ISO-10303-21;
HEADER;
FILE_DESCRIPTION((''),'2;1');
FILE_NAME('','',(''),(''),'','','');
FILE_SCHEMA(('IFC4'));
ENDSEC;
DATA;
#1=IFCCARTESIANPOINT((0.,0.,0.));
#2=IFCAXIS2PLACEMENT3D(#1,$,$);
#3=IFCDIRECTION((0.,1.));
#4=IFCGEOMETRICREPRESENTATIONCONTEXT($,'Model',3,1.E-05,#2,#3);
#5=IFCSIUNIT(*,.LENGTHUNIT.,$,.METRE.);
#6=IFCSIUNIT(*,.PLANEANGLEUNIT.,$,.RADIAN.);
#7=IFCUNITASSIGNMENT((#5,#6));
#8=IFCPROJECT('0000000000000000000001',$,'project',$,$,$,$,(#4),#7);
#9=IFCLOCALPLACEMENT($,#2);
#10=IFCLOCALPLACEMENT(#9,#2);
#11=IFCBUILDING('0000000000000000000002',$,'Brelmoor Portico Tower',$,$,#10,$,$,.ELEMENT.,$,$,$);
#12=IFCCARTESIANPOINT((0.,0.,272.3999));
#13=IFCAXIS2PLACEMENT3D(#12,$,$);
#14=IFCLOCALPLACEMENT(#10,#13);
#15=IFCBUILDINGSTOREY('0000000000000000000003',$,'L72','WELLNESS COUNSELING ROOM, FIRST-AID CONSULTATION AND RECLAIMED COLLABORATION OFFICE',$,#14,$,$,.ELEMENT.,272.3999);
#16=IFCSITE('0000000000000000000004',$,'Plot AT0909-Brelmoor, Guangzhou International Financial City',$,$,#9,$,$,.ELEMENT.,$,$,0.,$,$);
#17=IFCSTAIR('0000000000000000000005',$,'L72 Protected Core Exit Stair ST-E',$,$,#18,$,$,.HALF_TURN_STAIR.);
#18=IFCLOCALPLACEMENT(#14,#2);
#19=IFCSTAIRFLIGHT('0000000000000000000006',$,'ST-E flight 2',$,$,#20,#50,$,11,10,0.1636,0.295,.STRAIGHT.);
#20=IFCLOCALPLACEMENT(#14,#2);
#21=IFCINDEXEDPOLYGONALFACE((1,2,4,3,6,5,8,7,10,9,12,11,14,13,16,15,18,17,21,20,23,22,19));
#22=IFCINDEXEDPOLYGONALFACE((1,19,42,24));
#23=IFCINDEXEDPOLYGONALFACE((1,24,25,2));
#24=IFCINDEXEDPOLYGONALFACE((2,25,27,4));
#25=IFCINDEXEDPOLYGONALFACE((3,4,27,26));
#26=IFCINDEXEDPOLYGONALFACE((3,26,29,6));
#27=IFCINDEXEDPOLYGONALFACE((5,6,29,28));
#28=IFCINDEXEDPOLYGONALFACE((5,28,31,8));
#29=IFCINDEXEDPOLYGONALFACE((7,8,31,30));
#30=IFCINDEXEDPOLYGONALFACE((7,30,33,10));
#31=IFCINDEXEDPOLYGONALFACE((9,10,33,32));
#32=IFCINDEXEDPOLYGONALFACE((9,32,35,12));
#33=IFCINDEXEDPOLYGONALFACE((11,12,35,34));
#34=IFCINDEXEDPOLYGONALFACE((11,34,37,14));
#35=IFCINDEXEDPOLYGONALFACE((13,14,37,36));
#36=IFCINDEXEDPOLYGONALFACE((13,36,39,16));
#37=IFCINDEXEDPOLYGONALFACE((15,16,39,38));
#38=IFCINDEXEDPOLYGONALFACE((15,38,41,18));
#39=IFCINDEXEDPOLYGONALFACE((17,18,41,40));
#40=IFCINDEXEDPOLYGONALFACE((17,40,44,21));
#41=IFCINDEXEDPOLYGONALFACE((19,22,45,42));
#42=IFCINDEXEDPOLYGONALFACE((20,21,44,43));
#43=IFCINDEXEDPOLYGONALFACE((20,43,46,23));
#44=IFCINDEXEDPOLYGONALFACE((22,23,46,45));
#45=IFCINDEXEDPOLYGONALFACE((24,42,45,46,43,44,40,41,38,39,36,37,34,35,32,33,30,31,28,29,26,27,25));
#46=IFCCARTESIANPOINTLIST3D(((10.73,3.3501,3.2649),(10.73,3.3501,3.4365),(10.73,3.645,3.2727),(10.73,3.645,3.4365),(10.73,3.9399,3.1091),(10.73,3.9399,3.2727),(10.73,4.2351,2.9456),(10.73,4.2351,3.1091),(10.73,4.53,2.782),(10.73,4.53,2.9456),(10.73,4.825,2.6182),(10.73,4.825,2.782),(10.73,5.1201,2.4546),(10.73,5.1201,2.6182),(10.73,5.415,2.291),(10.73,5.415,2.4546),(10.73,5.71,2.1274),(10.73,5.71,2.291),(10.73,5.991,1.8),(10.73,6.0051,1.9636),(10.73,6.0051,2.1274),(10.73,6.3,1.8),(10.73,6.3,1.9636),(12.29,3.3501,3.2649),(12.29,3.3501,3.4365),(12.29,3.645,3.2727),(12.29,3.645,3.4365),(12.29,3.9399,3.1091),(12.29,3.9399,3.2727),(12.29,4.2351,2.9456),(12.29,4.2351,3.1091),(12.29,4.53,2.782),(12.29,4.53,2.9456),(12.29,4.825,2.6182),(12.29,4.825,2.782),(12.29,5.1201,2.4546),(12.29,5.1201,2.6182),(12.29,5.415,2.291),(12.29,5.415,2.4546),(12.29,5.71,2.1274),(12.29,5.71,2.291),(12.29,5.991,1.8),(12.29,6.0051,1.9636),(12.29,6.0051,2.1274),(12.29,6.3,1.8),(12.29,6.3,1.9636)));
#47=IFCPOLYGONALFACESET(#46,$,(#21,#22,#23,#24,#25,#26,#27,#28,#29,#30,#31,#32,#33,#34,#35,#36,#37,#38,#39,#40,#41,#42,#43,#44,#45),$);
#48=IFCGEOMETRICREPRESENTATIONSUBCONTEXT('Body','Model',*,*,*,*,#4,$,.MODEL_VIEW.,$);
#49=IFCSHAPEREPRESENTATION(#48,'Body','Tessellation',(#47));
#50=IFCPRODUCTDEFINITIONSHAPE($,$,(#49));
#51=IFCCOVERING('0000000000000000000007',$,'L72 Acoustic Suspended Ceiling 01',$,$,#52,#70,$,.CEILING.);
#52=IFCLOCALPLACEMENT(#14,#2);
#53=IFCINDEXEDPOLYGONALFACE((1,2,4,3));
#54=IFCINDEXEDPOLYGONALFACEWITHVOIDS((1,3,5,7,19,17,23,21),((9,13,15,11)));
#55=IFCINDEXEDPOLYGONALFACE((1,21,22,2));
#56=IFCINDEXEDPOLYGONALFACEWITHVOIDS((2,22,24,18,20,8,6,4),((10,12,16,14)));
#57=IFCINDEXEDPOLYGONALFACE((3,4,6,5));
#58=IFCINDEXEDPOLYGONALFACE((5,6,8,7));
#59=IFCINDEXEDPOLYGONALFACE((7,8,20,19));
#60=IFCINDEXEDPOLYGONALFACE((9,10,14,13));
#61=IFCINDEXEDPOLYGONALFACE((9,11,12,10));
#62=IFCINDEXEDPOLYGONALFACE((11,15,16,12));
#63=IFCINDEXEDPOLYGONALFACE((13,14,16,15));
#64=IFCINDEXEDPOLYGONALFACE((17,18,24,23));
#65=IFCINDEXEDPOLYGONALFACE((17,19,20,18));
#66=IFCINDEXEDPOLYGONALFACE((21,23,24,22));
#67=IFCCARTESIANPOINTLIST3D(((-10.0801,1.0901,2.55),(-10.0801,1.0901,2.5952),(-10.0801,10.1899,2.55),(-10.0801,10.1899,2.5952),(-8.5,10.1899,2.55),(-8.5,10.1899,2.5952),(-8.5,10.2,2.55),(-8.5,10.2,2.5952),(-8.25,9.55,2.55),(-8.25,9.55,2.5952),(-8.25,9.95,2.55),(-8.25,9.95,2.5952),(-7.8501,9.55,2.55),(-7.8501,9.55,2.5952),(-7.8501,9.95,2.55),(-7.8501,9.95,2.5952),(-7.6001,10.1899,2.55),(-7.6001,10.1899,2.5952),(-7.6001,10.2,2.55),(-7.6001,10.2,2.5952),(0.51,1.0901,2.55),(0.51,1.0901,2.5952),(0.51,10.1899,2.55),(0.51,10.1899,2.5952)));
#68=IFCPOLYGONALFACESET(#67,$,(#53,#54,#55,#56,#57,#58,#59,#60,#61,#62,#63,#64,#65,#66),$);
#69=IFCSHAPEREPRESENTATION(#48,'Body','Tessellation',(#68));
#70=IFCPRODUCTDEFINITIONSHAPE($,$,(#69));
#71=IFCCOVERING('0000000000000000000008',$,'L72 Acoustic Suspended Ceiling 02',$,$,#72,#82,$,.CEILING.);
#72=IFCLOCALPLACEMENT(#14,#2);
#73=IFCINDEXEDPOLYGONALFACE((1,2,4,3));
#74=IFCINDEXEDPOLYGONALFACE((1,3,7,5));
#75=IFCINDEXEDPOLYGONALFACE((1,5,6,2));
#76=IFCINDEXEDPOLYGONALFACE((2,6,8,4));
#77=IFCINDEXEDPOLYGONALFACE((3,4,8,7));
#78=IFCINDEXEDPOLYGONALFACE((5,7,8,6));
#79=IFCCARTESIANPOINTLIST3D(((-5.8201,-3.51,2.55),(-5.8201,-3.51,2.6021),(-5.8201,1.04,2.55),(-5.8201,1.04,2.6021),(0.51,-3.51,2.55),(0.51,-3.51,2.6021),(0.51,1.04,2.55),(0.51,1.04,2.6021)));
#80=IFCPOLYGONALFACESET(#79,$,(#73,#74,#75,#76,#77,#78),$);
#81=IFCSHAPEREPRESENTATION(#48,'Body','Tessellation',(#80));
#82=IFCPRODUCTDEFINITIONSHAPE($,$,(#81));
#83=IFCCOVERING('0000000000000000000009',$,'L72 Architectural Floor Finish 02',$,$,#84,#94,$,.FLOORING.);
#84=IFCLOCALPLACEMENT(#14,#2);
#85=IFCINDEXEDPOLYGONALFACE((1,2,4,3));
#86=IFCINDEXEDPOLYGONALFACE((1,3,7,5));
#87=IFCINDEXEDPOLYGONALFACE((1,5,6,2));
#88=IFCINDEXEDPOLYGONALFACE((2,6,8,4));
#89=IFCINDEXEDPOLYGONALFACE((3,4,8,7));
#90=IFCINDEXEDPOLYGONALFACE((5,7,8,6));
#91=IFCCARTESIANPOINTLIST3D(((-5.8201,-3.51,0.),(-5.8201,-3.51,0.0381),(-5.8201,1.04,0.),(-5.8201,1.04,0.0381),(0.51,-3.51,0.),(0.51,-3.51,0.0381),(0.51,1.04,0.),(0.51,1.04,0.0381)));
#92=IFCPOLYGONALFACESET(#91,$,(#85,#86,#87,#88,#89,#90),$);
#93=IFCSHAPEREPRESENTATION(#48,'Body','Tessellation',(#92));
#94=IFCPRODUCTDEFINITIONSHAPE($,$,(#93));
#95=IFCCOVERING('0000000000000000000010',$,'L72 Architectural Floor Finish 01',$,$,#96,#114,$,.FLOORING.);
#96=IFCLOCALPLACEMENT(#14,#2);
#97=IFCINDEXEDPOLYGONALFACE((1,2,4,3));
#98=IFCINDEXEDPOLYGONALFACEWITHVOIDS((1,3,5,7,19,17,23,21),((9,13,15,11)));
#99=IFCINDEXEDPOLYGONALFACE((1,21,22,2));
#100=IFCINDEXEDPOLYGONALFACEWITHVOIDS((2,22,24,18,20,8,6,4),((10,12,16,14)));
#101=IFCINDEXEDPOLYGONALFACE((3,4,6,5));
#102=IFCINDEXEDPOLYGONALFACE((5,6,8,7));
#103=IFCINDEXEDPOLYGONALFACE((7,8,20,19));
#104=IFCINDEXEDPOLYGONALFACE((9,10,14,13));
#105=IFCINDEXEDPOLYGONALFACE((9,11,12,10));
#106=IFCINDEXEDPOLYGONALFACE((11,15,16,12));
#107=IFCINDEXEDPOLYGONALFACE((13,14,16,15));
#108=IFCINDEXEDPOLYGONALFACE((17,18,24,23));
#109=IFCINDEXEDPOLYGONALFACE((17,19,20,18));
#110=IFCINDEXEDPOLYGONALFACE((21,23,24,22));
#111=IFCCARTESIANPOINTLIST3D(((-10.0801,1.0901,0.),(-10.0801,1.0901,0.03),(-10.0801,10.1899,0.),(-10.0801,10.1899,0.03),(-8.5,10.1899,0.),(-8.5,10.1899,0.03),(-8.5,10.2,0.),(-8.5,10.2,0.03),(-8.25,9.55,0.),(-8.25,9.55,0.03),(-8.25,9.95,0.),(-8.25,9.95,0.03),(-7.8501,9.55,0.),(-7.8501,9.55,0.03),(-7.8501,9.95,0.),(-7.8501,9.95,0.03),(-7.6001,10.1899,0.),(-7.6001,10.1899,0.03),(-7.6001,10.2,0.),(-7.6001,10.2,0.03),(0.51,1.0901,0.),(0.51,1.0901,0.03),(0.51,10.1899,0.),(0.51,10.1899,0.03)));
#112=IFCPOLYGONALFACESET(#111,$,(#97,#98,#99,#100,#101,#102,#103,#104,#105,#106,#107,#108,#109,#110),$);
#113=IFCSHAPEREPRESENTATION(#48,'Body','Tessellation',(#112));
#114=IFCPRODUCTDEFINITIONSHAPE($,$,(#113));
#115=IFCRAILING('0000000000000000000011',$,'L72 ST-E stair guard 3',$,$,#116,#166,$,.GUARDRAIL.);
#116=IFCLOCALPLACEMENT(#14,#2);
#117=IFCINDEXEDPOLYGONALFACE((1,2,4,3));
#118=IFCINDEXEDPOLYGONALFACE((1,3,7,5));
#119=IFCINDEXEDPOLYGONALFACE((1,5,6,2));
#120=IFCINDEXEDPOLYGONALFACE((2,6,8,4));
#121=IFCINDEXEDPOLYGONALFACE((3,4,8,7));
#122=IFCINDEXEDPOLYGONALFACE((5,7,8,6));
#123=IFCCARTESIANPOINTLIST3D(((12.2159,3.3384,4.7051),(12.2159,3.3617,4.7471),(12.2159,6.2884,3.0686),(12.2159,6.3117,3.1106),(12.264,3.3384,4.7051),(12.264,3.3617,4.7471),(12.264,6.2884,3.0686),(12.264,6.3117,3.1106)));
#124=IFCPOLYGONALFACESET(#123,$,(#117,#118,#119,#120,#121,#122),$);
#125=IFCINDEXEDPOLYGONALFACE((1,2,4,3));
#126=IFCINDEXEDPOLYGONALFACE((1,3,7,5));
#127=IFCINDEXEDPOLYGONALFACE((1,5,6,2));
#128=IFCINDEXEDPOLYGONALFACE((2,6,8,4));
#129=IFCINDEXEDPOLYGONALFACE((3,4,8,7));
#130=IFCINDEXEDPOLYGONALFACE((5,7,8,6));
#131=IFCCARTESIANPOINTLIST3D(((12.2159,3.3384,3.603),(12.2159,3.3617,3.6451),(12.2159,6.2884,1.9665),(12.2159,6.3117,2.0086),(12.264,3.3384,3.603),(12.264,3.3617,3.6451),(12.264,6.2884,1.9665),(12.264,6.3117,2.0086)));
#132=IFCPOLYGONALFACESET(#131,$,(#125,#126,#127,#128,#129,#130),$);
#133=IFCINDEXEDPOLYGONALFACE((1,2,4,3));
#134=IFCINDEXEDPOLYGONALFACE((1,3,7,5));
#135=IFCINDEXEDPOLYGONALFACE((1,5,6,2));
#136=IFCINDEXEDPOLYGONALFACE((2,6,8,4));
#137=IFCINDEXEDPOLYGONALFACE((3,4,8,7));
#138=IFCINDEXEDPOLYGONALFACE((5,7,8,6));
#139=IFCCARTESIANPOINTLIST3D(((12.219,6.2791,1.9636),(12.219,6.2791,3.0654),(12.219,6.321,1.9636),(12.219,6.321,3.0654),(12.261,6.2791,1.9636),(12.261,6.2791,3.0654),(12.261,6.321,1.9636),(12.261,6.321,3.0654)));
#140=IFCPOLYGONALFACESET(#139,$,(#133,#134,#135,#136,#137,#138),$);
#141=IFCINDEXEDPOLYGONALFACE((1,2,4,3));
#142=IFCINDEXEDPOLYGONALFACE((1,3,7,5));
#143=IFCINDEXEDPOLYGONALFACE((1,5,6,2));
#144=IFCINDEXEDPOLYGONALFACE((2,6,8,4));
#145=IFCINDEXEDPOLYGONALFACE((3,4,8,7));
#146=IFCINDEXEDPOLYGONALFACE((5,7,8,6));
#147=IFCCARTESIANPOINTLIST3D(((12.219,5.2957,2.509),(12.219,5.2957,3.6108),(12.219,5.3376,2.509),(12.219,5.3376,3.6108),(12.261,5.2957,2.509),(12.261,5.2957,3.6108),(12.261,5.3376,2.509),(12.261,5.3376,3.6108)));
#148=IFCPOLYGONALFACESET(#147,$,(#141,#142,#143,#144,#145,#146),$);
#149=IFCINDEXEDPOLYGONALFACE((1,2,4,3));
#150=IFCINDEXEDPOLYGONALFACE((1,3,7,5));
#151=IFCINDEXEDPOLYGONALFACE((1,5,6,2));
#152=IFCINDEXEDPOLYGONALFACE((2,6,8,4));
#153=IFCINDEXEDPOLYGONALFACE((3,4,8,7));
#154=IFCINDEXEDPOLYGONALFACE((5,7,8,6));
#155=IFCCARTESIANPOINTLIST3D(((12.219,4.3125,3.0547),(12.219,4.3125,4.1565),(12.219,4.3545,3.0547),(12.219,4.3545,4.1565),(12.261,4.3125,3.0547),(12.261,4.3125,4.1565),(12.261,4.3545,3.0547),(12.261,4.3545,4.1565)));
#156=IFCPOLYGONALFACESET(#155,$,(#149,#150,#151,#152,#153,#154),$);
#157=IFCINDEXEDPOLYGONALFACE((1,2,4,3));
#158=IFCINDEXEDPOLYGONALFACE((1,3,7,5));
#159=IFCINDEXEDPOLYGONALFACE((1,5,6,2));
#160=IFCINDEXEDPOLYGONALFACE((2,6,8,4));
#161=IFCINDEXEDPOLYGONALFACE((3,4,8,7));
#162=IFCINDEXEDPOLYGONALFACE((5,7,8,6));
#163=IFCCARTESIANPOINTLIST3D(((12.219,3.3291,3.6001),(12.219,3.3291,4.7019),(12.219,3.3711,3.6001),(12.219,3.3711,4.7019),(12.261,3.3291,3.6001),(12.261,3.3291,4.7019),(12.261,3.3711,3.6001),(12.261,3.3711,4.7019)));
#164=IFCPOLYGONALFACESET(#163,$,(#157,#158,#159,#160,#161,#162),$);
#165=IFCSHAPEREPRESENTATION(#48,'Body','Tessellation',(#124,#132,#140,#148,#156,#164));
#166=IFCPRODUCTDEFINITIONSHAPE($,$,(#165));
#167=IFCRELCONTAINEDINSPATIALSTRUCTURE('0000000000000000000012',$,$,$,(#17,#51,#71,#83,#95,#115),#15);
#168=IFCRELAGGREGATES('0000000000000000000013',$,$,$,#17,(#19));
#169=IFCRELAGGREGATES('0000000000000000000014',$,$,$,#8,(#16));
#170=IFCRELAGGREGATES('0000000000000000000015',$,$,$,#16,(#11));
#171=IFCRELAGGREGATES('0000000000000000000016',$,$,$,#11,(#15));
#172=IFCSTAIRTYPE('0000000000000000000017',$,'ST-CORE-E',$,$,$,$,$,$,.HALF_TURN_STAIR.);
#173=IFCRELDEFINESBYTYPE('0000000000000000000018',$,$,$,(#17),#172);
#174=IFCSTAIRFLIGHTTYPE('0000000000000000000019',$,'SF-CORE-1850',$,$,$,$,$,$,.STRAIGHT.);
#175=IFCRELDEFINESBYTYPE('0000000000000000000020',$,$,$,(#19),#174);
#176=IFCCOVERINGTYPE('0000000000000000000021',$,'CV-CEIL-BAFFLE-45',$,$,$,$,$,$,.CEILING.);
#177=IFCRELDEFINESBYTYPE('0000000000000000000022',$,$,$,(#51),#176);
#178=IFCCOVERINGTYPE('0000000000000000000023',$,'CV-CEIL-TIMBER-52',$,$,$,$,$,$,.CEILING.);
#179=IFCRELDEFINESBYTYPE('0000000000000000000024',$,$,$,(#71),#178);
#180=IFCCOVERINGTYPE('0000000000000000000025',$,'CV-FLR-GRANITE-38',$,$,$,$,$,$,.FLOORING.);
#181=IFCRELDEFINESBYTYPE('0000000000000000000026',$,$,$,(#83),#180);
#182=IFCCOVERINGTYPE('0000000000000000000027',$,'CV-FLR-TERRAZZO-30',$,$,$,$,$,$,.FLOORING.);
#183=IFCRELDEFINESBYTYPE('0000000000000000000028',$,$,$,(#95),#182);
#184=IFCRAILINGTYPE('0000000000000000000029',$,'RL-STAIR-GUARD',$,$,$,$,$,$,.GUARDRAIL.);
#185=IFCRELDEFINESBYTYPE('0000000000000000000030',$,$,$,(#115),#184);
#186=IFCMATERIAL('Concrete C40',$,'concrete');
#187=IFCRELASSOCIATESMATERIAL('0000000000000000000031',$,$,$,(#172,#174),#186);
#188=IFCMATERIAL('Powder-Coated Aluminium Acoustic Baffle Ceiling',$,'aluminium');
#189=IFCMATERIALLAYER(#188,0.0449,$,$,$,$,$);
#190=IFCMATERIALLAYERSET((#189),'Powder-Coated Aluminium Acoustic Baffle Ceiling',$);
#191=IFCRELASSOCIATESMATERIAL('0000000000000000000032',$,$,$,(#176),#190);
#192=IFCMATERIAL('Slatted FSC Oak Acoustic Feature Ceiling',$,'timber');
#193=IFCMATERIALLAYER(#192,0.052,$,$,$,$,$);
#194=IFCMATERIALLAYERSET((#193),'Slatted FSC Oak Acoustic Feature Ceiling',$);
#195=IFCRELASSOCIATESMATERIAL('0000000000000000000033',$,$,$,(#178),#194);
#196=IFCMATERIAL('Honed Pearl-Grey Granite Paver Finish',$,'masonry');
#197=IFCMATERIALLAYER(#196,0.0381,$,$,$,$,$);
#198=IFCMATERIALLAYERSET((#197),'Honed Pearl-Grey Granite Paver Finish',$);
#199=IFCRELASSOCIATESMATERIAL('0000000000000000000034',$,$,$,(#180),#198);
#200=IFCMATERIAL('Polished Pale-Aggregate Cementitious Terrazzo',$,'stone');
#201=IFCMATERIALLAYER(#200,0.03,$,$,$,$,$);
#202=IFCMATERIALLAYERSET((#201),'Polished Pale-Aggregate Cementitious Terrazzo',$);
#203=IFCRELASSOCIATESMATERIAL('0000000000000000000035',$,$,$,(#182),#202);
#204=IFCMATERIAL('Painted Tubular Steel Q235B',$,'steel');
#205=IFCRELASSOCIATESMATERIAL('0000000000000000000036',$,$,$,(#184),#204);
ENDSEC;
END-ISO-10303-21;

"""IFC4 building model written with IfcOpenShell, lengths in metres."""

from ifc_helpers import new_model, si_unit, direction, frame, origin, origin_2d, place, context, subcontext, project, spatial, polyline, rectangle, outline, extrude, material, layer, layer_set, type_object, element, aggregate, save


model = new_model("IFC4")

# Units and contexts
model_context = context("Model", 3, precision=1e-05, world=origin(), true_north=direction((0.0, 1.0)))
body_context = subcontext(model_context, "Body", "Model", "MODEL_VIEW")
ifc_project = project(units=[si_unit("LENGTHUNIT", "METRE"), si_unit("PLANEANGLEUNIT", "RADIAN")], contexts=[model_context])

# Site, building, storey
site_placement = place(None, origin())
site = spatial("IfcSite", under=ifc_project, at=site_placement, Name="Plot AT0909-Brelmoor, Guangzhou International Financial City", CompositionType="ELEMENT", RefElevation=0.0)
building_placement = place(site_placement, origin())
building = spatial("IfcBuilding", under=site, at=building_placement, Name="Brelmoor Portico Tower", CompositionType="ELEMENT")
storey_placement = place(building_placement, frame((0.0, 0.0, 272.3999)))
storey = spatial("IfcBuildingStorey", under=building, at=storey_placement, Name="L72", Description="WELLNESS COUNSELING ROOM, FIRST-AID CONSULTATION AND RECLAIMED COLLABORATION OFFICE", CompositionType="ELEMENT", Elevation=272.3999)

# Stair
ifc_material_1 = material(Name="Concrete C40", Category="concrete")
stair_type_1 = type_object("IfcStairType", Name="ST-CORE-E", PredefinedType="HALF_TURN_STAIR", material=ifc_material_1)
stair_1_placement = place(storey_placement, origin())
stair_1 = element("IfcStair", 1, at=stair_1_placement, inside=storey, type_object=stair_type_1, Name="L72 Protected Core Exit Stair ST-E", PredefinedType="HALF_TURN_STAIR")

# Stair flight
stair_flight_type = type_object("IfcStairFlightType", Name="SF-CORE-1850", PredefinedType="STRAIGHT", material=ifc_material_1)
stair_flight_placement = place(storey_placement, frame((11.51, 6.3, 1.8), z_axis=(0.0, 0.0, 1.0), x_axis=(0.0, -1.0, 0.0)))
stair_flight = element("IfcStairFlight", 2, at=stair_flight_placement, type_object=stair_flight_type, Name="ST-E flight 2", NumberOfRisers=11, NumberOfTreads=10, PredefinedType="STRAIGHT", RiserHeight=0.1636, TreadLength=0.295, context=body_context, shape_type="SweptSolid", body=[
    extrude(outline(polyline([(0.0, 0.0), (0.0, 0.1636), (0.2949, 0.1636), (0.2949, 0.3274), (0.5901, 0.3274), (0.5901, 0.491), (0.885, 0.491), (0.885, 0.6545), (1.1799, 0.6545), (1.1799, 0.8181), (1.4751, 0.8181), (1.4751, 0.9819), (1.77, 0.9819), (1.77, 1.1455), (2.0649, 1.1455), (2.0649, 1.3091), (2.3601, 1.3091), (2.3601, 1.4727), (2.655, 1.4727), (2.655, 1.6365), (2.95, 1.6365), (2.95, 1.8), (2.95, 1.4648), (0.3091, 0.0), (0.0, 0.0)])), frame((0.0, 0.78, 0.0), z_axis=(0.0, -1.0, 0.0), x_axis=(1.0, 0.0, 0.0)), (0.0, 0.0, 1.0), 1.5601),
])
aggregate(stair_1, [stair_flight])

# Coverings
ifc_material_2 = material(Name="Powder-Coated Aluminium Acoustic Baffle Ceiling", Category="aluminium")
ifc_layer_1 = layer(ifc_material_2, 0.0449)
ifc_layer_set_1 = layer_set([ifc_layer_1], Name="Powder-Coated Aluminium Acoustic Baffle Ceiling")
covering_type_1 = type_object("IfcCoveringType", Name="CV-CEIL-BAFFLE-45", PredefinedType="CEILING", material=ifc_layer_set_1)
covering_1_placement = place(storey_placement, frame((0.0, 0.0, 2.55)))
element("IfcCovering", 3, at=covering_1_placement, inside=storey, type_object=covering_type_1, Name="L72 Acoustic Suspended Ceiling 01", PredefinedType="CEILING", context=body_context, shape_type="SweptSolid", body=[
    extrude(outline(polyline([(-10.0801, 10.1899), (-8.5, 10.1899), (-8.5, 10.2), (-7.6001, 10.2), (-7.6001, 10.1899), (0.51, 10.1899), (0.51, 1.0901), (-10.0801, 1.0901), (-10.0801, 10.1899)]), holes=[polyline([(-7.8501, 9.55), (-7.8501, 9.95), (-8.25, 9.95), (-8.25, 9.55), (-7.8501, 9.55)])]), origin(), (0.0, 0.0, 1.0), 0.0452),
])
ifc_material_3 = material(Name="Slatted FSC Oak Acoustic Feature Ceiling", Category="timber")
ifc_layer_2 = layer(ifc_material_3, 0.052)
ifc_layer_set_2 = layer_set([ifc_layer_2], Name="Slatted FSC Oak Acoustic Feature Ceiling")
covering_type_2 = type_object("IfcCoveringType", Name="CV-CEIL-TIMBER-52", PredefinedType="CEILING", material=ifc_layer_set_2)
covering_2_placement = place(storey_placement, frame((0.0, 0.0, 2.55)))
element("IfcCovering", 4, at=covering_2_placement, inside=storey, type_object=covering_type_2, Name="L72 Acoustic Suspended Ceiling 02", PredefinedType="CEILING", context=body_context, shape_type="SweptSolid", body=[
    extrude(outline(polyline([(-5.8201, -3.51), (-5.8201, 1.04), (0.51, 1.04), (0.51, -3.51), (-5.8201, -3.51)])), origin(), (0.0, 0.0, 1.0), 0.052),
])
ifc_material_4 = material(Name="Honed Pearl-Grey Granite Paver Finish", Category="masonry")
ifc_layer_3 = layer(ifc_material_4, 0.0381)
ifc_layer_set_3 = layer_set([ifc_layer_3], Name="Honed Pearl-Grey Granite Paver Finish")
covering_type_3 = type_object("IfcCoveringType", Name="CV-FLR-GRANITE-38", PredefinedType="FLOORING", material=ifc_layer_set_3)
covering_3_placement = place(storey_placement, origin())
element("IfcCovering", 5, at=covering_3_placement, inside=storey, type_object=covering_type_3, Name="L72 Architectural Floor Finish 02", PredefinedType="FLOORING", context=body_context, shape_type="SweptSolid", body=[
    extrude(outline(polyline([(-5.8201, -3.51), (-5.8201, 1.04), (0.51, 1.04), (0.51, -3.51), (-5.8201, -3.51)])), origin(), (0.0, 0.0, 1.0), 0.0381),
])
ifc_material_5 = material(Name="Polished Pale-Aggregate Cementitious Terrazzo", Category="stone")
ifc_layer_4 = layer(ifc_material_5, 0.03)
ifc_layer_set_4 = layer_set([ifc_layer_4], Name="Polished Pale-Aggregate Cementitious Terrazzo")
covering_type_4 = type_object("IfcCoveringType", Name="CV-FLR-TERRAZZO-30", PredefinedType="FLOORING", material=ifc_layer_set_4)
covering_4_placement = place(storey_placement, origin())
element("IfcCovering", 6, at=covering_4_placement, inside=storey, type_object=covering_type_4, Name="L72 Architectural Floor Finish 01", PredefinedType="FLOORING", context=body_context, shape_type="SweptSolid", body=[
    extrude(outline(polyline([(-10.0801, 10.1899), (-8.5, 10.1899), (-8.5, 10.2), (-7.6001, 10.2), (-7.6001, 10.1899), (0.51, 10.1899), (0.51, 1.0901), (-10.0801, 1.0901), (-10.0801, 10.1899)]), holes=[polyline([(-7.8501, 9.55), (-7.8501, 9.95), (-8.25, 9.95), (-8.25, 9.55), (-7.8501, 9.55)])]), origin(), (0.0, 0.0, 1.0), 0.03),
])

# Railing
ifc_material_6 = material(Name="Painted Tubular Steel Q235B", Category="steel")
railing_type_1 = type_object("IfcRailingType", Name="RL-STAIR-GUARD", PredefinedType="GUARDRAIL", material=ifc_material_6)
railing_1_placement = place(storey_placement, frame((12.24, 6.3, 1.9636)))
element("IfcRailing", 7, at=railing_1_placement, inside=storey, type_object=railing_type_1, Name="L72 ST-E stair guard 3", PredefinedType="GUARDRAIL", context=body_context, shape_type="SweptSolid", body=[
    extrude(rectangle(XDim=0.0481, YDim=0.0481, at=origin_2d()), frame((0.0, 0.0, 1.126), z_axis=(0.0, -0.874458, 0.485102), x_axis=(1.0, 0.0, 0.0)), (0.0, 0.0, 1.0), 3.3735),
    extrude(rectangle(XDim=0.0481, YDim=0.0481, at=origin_2d()), frame((0.0, 0.0, 0.0239), z_axis=(0.0, -0.874458, 0.485102), x_axis=(1.0, 0.0, 0.0)), (0.0, 0.0, 1.0), 3.3735),
    extrude(rectangle(XDim=0.042, YDim=0.042, at=origin_2d()), origin(), (0.0, 0.0, 1.0), 1.1018),
    extrude(rectangle(XDim=0.042, YDim=0.042, at=origin_2d()), frame((0.0, -0.9834, 0.5454)), (0.0, 0.0, 1.0), 1.1018),
    extrude(rectangle(XDim=0.042, YDim=0.042, at=origin_2d()), frame((0.0, -1.9666, 1.0911)), (0.0, 0.0, 1.0), 1.1018),
    extrude(rectangle(XDim=0.042, YDim=0.042, at=origin_2d()), frame((0.0, -2.95, 1.6365)), (0.0, 0.0, 1.0), 1.1018),
])

save(model, "model.ifc")
